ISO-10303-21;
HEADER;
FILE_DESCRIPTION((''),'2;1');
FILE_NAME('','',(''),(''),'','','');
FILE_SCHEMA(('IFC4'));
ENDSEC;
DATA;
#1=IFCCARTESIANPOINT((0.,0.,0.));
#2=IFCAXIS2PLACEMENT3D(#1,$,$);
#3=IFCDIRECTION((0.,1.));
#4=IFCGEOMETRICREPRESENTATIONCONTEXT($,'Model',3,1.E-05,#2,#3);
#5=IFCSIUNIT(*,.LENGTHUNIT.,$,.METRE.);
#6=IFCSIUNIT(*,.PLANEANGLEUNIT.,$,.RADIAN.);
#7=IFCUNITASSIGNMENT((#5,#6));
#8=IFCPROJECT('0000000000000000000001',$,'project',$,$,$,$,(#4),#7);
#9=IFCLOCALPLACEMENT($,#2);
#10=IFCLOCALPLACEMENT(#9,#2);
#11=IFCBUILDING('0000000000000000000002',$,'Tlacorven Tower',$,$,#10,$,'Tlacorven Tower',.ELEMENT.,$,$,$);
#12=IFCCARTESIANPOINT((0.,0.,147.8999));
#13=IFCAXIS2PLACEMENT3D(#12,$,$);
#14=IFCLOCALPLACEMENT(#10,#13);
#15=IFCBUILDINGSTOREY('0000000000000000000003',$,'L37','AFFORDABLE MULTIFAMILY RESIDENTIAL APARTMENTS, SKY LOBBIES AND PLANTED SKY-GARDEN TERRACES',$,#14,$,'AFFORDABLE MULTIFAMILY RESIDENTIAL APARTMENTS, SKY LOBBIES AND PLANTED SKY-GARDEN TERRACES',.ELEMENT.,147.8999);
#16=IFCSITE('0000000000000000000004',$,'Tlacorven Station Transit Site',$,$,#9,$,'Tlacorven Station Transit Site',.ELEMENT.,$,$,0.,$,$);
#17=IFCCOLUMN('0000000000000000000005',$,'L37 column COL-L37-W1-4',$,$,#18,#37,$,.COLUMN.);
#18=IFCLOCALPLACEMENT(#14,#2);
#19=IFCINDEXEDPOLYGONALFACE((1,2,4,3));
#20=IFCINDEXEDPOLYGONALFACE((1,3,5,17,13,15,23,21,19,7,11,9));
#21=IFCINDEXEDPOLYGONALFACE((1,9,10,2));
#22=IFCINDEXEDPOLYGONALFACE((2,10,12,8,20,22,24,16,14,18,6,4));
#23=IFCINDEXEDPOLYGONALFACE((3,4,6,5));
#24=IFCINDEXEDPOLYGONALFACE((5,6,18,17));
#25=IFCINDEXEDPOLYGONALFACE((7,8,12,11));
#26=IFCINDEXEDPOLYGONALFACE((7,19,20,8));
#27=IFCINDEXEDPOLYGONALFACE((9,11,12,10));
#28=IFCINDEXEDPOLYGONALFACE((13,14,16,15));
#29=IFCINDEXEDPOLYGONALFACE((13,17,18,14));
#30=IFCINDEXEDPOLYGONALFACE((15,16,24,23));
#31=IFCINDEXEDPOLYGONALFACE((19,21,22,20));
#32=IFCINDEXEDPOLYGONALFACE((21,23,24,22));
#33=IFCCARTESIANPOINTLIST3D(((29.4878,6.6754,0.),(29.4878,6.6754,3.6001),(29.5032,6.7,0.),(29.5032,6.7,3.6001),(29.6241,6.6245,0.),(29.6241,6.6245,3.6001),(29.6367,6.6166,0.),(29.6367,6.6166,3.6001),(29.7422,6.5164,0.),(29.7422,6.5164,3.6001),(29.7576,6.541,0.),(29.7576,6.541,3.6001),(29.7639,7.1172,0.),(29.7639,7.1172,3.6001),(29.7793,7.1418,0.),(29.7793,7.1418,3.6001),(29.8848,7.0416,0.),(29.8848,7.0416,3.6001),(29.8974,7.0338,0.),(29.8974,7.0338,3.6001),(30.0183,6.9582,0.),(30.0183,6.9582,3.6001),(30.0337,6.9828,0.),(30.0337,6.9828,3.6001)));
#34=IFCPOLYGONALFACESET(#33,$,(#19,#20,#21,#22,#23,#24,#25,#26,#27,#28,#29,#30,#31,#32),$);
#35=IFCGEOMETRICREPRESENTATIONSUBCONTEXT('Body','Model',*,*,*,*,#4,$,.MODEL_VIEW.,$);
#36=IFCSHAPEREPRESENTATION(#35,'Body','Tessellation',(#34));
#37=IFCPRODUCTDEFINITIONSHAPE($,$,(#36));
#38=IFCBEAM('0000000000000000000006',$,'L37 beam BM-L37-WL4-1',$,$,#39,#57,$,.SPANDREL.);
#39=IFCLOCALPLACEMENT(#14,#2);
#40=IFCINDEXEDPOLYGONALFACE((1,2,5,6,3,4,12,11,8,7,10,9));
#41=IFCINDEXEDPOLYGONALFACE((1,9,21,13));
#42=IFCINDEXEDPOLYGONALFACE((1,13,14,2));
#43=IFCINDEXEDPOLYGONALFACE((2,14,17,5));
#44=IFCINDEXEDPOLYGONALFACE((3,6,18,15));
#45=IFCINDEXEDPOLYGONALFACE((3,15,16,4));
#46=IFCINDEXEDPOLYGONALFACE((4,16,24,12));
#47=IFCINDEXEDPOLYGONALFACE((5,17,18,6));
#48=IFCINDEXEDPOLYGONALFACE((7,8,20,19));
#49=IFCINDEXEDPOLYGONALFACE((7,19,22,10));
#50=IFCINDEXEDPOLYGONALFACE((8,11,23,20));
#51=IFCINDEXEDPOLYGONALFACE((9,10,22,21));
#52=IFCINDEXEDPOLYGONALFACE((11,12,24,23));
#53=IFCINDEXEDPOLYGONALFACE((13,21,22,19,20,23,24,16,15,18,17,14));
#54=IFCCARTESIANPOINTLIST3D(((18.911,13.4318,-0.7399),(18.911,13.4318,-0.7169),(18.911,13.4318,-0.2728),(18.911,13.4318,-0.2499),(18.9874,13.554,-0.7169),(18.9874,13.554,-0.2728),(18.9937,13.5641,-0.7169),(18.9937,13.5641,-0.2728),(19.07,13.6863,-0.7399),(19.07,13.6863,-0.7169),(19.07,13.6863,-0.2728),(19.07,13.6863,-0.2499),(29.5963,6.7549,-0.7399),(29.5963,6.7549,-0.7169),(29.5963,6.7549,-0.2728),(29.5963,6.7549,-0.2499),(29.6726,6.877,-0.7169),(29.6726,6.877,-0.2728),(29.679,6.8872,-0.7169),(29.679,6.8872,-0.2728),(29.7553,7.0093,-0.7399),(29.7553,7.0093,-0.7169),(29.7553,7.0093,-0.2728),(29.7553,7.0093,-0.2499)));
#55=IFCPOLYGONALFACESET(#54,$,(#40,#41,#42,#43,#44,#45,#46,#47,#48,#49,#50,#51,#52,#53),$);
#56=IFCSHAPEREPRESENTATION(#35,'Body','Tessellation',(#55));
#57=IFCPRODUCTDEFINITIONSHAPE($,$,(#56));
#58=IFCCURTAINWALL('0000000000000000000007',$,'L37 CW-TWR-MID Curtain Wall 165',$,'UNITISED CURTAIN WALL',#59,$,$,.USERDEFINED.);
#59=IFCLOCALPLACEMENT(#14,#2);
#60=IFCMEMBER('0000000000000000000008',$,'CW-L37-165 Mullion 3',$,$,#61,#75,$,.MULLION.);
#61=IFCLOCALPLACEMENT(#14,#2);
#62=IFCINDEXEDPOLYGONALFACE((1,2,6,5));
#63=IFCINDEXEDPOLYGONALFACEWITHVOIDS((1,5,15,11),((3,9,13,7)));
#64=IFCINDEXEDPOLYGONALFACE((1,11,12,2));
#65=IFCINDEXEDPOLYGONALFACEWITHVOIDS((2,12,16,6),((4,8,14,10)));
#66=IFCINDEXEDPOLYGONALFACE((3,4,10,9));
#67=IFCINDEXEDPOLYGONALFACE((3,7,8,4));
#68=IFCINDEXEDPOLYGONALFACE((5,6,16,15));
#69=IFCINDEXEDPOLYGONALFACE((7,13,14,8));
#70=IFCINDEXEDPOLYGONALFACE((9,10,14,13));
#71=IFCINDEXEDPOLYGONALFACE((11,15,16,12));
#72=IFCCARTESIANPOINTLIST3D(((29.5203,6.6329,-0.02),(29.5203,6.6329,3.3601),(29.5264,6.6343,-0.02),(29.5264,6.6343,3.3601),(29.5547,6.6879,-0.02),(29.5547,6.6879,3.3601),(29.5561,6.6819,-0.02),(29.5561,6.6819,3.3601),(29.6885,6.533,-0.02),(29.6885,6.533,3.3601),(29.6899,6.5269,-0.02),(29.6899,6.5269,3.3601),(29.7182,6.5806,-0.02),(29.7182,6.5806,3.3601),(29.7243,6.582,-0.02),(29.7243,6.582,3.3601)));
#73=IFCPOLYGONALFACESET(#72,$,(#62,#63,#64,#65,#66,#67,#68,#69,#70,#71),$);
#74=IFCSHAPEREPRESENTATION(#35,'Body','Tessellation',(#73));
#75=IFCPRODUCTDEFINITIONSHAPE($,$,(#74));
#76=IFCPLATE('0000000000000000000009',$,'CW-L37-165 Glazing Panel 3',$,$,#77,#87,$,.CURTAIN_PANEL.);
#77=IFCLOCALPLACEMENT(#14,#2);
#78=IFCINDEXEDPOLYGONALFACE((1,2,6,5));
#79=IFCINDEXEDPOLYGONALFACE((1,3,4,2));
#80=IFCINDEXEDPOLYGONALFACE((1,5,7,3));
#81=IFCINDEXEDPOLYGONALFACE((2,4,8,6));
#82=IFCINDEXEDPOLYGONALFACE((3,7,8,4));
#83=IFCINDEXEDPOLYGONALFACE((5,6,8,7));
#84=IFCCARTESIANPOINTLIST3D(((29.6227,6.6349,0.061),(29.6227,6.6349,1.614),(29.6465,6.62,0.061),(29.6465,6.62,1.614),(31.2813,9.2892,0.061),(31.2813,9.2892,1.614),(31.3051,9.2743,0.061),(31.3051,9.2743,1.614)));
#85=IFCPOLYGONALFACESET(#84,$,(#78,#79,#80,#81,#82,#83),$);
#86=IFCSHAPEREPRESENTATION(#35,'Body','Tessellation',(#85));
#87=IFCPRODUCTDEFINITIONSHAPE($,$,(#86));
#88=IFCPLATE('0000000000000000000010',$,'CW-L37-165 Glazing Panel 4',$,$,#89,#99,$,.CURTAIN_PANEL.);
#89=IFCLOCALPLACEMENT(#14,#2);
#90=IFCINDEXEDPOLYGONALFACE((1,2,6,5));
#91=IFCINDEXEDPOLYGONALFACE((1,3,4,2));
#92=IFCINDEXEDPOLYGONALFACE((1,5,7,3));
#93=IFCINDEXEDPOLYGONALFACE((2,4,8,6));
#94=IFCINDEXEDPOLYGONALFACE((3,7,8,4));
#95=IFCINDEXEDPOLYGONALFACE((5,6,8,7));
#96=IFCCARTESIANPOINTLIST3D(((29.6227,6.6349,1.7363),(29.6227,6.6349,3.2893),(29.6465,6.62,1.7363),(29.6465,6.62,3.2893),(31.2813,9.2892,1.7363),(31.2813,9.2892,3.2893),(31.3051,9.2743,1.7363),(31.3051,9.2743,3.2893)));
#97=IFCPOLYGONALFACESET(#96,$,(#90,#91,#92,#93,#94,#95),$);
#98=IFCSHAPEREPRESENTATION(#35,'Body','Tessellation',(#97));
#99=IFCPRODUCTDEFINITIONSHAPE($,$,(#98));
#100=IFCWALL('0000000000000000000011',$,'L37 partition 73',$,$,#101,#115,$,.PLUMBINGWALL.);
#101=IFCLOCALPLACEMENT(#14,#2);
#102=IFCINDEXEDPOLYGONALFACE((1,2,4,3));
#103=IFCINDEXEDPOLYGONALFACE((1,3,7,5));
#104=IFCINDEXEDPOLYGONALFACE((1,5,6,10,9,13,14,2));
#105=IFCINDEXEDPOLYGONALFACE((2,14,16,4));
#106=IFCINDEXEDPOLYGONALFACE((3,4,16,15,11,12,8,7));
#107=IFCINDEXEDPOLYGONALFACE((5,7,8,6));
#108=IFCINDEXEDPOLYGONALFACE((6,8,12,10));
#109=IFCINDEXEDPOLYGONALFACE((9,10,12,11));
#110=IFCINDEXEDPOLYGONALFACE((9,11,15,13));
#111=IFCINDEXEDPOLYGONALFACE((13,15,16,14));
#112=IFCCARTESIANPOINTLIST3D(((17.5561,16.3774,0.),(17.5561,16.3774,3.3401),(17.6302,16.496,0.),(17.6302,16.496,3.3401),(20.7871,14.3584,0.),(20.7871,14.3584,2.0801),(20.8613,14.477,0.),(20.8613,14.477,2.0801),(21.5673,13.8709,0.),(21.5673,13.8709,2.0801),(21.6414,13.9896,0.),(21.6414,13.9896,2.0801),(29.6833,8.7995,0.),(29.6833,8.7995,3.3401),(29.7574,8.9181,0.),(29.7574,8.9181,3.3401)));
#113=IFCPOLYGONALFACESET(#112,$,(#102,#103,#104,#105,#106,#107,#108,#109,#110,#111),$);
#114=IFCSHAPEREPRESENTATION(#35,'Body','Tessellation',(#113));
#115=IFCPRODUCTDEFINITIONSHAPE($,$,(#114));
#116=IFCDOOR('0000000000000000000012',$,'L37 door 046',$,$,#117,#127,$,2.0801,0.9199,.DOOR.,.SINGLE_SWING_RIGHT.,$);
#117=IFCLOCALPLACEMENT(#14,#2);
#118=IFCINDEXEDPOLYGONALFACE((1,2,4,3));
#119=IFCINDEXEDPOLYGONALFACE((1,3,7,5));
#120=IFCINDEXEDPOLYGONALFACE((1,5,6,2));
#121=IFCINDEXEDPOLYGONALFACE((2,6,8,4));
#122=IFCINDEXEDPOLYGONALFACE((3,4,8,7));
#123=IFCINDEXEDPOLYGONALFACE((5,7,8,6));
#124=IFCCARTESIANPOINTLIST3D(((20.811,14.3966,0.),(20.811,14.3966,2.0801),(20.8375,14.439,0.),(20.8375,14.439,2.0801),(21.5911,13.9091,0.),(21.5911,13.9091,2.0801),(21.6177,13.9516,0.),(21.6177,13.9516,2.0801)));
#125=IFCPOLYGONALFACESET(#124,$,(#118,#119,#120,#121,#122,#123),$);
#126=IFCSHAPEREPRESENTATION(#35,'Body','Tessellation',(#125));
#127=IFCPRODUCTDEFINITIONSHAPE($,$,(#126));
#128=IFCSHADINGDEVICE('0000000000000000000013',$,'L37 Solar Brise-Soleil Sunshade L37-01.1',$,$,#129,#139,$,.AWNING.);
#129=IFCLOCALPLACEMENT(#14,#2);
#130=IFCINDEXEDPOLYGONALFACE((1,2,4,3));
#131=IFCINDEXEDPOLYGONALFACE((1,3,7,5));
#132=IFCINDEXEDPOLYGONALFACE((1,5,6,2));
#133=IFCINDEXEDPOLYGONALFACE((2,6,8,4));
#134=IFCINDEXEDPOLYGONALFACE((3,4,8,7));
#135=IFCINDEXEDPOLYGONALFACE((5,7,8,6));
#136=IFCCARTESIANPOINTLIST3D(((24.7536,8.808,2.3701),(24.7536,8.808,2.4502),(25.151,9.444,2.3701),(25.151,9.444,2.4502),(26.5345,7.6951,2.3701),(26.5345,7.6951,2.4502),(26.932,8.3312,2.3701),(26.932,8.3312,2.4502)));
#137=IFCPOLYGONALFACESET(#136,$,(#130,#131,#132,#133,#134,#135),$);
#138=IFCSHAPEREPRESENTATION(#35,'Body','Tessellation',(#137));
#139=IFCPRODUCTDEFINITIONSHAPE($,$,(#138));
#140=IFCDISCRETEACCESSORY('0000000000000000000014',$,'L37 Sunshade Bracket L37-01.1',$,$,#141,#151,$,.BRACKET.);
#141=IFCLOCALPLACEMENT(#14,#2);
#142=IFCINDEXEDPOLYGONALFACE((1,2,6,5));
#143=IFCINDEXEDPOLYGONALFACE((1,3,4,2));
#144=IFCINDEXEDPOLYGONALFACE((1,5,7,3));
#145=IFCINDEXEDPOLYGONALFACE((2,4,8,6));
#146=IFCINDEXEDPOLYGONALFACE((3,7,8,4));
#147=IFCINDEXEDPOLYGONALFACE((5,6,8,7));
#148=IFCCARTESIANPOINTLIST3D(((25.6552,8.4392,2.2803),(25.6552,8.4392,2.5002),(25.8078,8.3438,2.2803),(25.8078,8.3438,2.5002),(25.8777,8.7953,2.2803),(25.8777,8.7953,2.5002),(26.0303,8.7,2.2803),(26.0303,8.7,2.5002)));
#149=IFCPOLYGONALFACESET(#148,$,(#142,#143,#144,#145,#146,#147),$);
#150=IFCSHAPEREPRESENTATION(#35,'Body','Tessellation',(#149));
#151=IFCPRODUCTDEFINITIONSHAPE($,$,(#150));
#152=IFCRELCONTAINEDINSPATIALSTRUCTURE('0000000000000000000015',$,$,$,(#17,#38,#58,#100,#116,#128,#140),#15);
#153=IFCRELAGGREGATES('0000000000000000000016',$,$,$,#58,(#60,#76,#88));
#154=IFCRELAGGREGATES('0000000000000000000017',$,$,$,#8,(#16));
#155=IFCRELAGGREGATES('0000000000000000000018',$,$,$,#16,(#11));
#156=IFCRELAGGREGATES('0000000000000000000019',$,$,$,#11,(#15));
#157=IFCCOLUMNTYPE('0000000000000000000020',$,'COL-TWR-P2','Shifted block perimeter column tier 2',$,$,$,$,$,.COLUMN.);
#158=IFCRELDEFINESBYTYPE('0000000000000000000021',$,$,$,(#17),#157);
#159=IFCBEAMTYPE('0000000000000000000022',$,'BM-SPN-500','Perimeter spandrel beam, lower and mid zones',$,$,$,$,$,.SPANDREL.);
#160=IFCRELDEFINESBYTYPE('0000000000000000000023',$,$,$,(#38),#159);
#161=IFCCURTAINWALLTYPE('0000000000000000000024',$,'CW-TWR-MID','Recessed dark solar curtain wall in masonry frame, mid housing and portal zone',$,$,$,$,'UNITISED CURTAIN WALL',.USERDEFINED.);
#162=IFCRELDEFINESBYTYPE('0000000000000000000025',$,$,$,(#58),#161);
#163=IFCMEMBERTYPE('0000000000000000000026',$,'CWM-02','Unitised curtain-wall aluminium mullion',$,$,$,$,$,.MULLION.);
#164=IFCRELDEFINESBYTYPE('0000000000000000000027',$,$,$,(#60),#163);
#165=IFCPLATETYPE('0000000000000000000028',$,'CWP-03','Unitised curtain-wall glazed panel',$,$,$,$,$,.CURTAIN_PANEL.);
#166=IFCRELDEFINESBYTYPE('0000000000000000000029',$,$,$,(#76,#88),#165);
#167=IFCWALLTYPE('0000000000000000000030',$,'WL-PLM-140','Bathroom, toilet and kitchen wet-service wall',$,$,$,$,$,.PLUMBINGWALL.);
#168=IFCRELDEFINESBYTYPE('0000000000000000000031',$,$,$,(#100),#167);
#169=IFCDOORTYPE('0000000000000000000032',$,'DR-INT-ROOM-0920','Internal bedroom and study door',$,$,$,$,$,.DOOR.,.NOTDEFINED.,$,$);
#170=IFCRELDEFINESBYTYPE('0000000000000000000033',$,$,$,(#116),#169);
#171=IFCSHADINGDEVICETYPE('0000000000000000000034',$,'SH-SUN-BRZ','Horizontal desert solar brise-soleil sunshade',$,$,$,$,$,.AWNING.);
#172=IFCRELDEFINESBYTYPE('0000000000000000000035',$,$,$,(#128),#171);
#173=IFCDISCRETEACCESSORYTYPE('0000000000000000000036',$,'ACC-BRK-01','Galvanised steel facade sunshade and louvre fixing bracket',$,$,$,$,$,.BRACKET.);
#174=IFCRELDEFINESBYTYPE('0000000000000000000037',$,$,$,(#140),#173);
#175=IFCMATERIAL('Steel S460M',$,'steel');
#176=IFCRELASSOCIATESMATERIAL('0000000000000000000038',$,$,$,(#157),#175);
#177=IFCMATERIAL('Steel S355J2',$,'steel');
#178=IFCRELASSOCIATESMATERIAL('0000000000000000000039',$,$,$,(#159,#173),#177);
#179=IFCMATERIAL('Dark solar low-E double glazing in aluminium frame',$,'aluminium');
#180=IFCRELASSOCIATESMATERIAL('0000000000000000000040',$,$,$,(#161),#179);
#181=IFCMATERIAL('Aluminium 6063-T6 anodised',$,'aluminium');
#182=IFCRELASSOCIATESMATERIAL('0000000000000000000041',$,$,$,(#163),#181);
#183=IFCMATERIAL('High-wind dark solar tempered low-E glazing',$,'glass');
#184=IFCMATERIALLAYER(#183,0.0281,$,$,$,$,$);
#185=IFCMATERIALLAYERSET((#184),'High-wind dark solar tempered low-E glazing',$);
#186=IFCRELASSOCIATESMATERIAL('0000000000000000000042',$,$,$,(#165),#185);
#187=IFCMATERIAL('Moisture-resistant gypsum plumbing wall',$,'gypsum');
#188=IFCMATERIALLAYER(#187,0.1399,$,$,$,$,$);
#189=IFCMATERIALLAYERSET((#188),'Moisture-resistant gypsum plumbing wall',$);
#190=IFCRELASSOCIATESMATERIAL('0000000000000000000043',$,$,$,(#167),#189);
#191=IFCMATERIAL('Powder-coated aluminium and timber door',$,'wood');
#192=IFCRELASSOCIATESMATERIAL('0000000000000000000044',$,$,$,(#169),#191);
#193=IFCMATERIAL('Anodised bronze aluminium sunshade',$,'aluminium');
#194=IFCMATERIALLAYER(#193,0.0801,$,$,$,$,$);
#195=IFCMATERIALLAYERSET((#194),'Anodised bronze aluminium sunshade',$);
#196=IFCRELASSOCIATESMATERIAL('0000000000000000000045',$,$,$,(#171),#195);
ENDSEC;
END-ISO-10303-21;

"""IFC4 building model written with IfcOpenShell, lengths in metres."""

from ifc_helpers import new_model, si_unit, direction, frame, frame_2d, origin, origin_2d, place, context, subcontext, project, spatial, rectangle, hollow_rectangle, i_section, extrude, source, transform, mapped, material, layer, layer_set, material_profile, profile_set, type_object, element, fill, aggregate, save


model = new_model("IFC4")

# Units and contexts
model_context = context("Model", 3, precision=1e-05, world=origin(), true_north=direction((0.0, 1.0)))
body_context = subcontext(model_context, "Body", "Model", "MODEL_VIEW")
ifc_project = project(units=[si_unit("LENGTHUNIT", "METRE"), si_unit("PLANEANGLEUNIT", "RADIAN")], contexts=[model_context])

# Site, building, storey
site_placement = place(None, origin())
site = spatial("IfcSite", under=ifc_project, at=site_placement, Name="Tlacorven Station Transit Site", LongName="Tlacorven Station Transit Site", CompositionType="ELEMENT", RefElevation=0.0)
building_placement = place(site_placement, origin())
building = spatial("IfcBuilding", under=site, at=building_placement, Name="Tlacorven Tower", LongName="Tlacorven Tower", CompositionType="ELEMENT")
storey_placement = place(building_placement, frame((0.0, 0.0, 147.8999)))
storey = spatial("IfcBuildingStorey", under=building, at=storey_placement, Name="L37", Description="AFFORDABLE MULTIFAMILY RESIDENTIAL APARTMENTS, SKY LOBBIES AND PLANTED SKY-GARDEN TERRACES", LongName="AFFORDABLE MULTIFAMILY RESIDENTIAL APARTMENTS, SKY LOBBIES AND PLANTED SKY-GARDEN TERRACES", CompositionType="ELEMENT", Elevation=147.8999)

# Column
ifc_material_1 = material(Name="Steel S460M", Category="steel")
ifc_material_profile_1 = material_profile(ifc_material_1, i_section(OverallWidth=0.3, OverallDepth=0.55, WebThickness=0.0149, FlangeThickness=0.0291, at=origin_2d()), Name="HEB 550")
ifc_profile_set_1 = profile_set([ifc_material_profile_1], Name="Steel S460M")
column_type = type_object("IfcColumnType", Name="COL-TWR-P2", Description="Shifted block perimeter column tier 2", PredefinedType="COLUMN", material=ifc_profile_set_1)
shared_shape_1 = source(origin(), body_context, "Body", "SweptSolid", [
    extrude(i_section(OverallWidth=0.3, OverallDepth=0.55, WebThickness=0.0149, FlangeThickness=0.0291, at=origin_2d()), origin(), (0.0, 0.0, 1.0), 3.6001),
])
column_placement = place(storey_placement, frame((29.7607, 6.8291, 0.0), z_axis=(0.0, 0.0, 1.0), x_axis=(-0.848048, 0.529919, 0.0)))
element("IfcColumn", 1, at=column_placement, inside=storey, type_object=column_type, Name="L37 column COL-L37-W1-4", PredefinedType="COLUMN", context=body_context, shape_type="MappedRepresentation", body=[
    mapped(shared_shape_1, transform((0.0, 0.0, 0.0), scale=1.0)),
])

# Beam
ifc_material_2 = material(Name="Steel S355J2", Category="steel")
ifc_material_profile_2 = material_profile(ifc_material_2, i_section(OverallWidth=0.3, OverallDepth=0.49, WebThickness=0.012, FlangeThickness=0.0229, at=origin_2d()), Name="HEA 500")
ifc_profile_set_2 = profile_set([ifc_material_profile_2], Name="Steel S355J2")
beam_type = type_object("IfcBeamType", Name="BM-SPN-500", Description="Perimeter spandrel beam, lower and mid zones", PredefinedType="SPANDREL", material=ifc_profile_set_2)
shared_shape_2 = source(origin(), body_context, "Body", "SweptSolid", [
    extrude(i_section(OverallWidth=0.3, OverallDepth=0.49, WebThickness=0.012, FlangeThickness=0.0229, at=origin_2d()), origin(), (0.0, 0.0, 1.0), 12.5999),
])
beam_placement = place(storey_placement, frame((29.6758, 6.8821, -0.4949), z_axis=(-0.848045, 0.529924, 0.0), x_axis=(-0.529924, -0.848045, 0.0)))
element("IfcBeam", 2, at=beam_placement, inside=storey, type_object=beam_type, Name="L37 beam BM-L37-WL4-1", PredefinedType="SPANDREL", context=body_context, shape_type="MappedRepresentation", body=[
    mapped(shared_shape_2, transform((0.0, 0.0, 0.0), scale=1.0)),
])

# Curtain wall, member, plates
ifc_material_3 = material(Name="Dark solar low-E double glazing in aluminium frame", Category="aluminium")
curtain_wall_type = type_object("IfcCurtainWallType", Name="CW-TWR-MID", Description="Recessed dark solar curtain wall in masonry frame, mid housing and portal zone", ElementType="UNITISED CURTAIN WALL", PredefinedType="USERDEFINED", material=ifc_material_3)
curtain_wall_placement = place(storey_placement, origin())
curtain_wall = element("IfcCurtainWall", 3, at=curtain_wall_placement, inside=storey, type_object=curtain_wall_type, Name="L37 CW-TWR-MID Curtain Wall 165", ObjectType="UNITISED CURTAIN WALL", PredefinedType="USERDEFINED")
ifc_material_4 = material(Name="Aluminium 6063-T6 anodised", Category="aluminium")
ifc_material_profile_3 = material_profile(ifc_material_4, hollow_rectangle(XDim=0.0649, YDim=0.2, WallThickness=0.0044, at=origin_2d()), Name="ALU MULLION 65X200")
ifc_profile_set_3 = profile_set([ifc_material_profile_3], Name="Aluminium 6063-T6 anodised")
member_type = type_object("IfcMemberType", Name="CWM-02", Description="Unitised curtain-wall aluminium mullion", PredefinedType="MULLION", material=ifc_profile_set_3)
shared_shape_3 = source(origin(), body_context, "Body", "SweptSolid", [
    extrude(hollow_rectangle(XDim=0.0649, YDim=0.2, WallThickness=0.0044, at=origin_2d()), origin(), (0.0, 0.0, 1.0), 3.3801),
])
member_placement = place(storey_placement, frame((29.6223, 6.6074, -0.02), z_axis=(0.0, 0.0, 1.0), x_axis=(-0.529919, -0.848048, 0.0)))
member = element("IfcMember", 4, at=member_placement, type_object=member_type, Name="CW-L37-165 Mullion 3", PredefinedType="MULLION", context=body_context, shape_type="MappedRepresentation", body=[
    mapped(shared_shape_3, transform((0.0, 0.0, 0.0), scale=1.0)),
])
ifc_material_5 = material(Name="High-wind dark solar tempered low-E glazing", Category="glass")
ifc_layer_1 = layer(ifc_material_5, 0.0281)
ifc_layer_set_1 = layer_set([ifc_layer_1], Name="High-wind dark solar tempered low-E glazing")
plate_type = type_object("IfcPlateType", Name="CWP-03", Description="Unitised curtain-wall glazed panel", PredefinedType="CURTAIN_PANEL", material=ifc_layer_set_1)
shared_shape_4 = source(origin(), body_context, "Body", "SweptSolid", [
    extrude(rectangle(XDim=3.1299, YDim=0.0281, at=origin_2d()), origin(), (0.0, 0.0, 1.0), 1.553),
])
plate_1_placement = place(storey_placement, frame((30.4639, 7.9546, 0.061), z_axis=(0.0, 0.0, 1.0), x_axis=(-0.529919, -0.848048, 0.0)))
plate_1 = element("IfcPlate", 5, at=plate_1_placement, type_object=plate_type, Name="CW-L37-165 Glazing Panel 3", PredefinedType="CURTAIN_PANEL", context=body_context, shape_type="MappedRepresentation", body=[
    mapped(shared_shape_4, transform((0.0, 0.0, 0.0), scale=1.0)),
])
plate_2_placement = place(storey_placement, frame((30.4639, 7.9546, 1.7363), z_axis=(0.0, 0.0, 1.0), x_axis=(-0.529919, -0.848048, 0.0)))
plate_2 = element("IfcPlate", 6, at=plate_2_placement, type_object=plate_type, Name="CW-L37-165 Glazing Panel 4", PredefinedType="CURTAIN_PANEL", context=body_context, shape_type="MappedRepresentation", body=[
    mapped(shared_shape_4, transform((0.0, 0.0, 0.0), scale=1.0)),
])
aggregate(curtain_wall, [member, plate_1, plate_2])

# Shared definitions
ifc_material_6 = material(Name="Powder-coated aluminium and timber door", Category="wood")

# Wall, opening, door
ifc_material_7 = material(Name="Moisture-resistant gypsum plumbing wall", Category="gypsum")
ifc_layer_2 = layer(ifc_material_7, 0.1399)
ifc_layer_set_2 = layer_set([ifc_layer_2], Name="Moisture-resistant gypsum plumbing wall")
wall_type_1 = type_object("IfcWallType", Name="WL-PLM-140", Description="Bathroom, toilet and kitchen wet-service wall", PredefinedType="PLUMBINGWALL", material=ifc_layer_set_2)
wall_1_placement = place(storey_placement, frame((29.7202, 8.8589, 0.0), z_axis=(0.0, 0.0, 1.0), x_axis=(-0.848049, 0.529918, 0.0)))
wall_1 = element("IfcWall", 7, at=wall_1_placement, inside=storey, type_object=wall_type_1, Name="L37 partition 73", PredefinedType="PLUMBINGWALL", context=body_context, shape_type="SweptSolid", body=[
    extrude(rectangle(XDim=14.3, YDim=0.1399, at=frame_2d((7.1499, 0.0))), origin(), (0.0, 0.0, 1.0), 3.3401),
])
opening_1_placement = place(wall_1_placement, frame((9.5701, 0.0, 0.0)))
opening_1 = element("IfcOpeningElement", 8, at=opening_1_placement, cuts=wall_1, PredefinedType="OPENING", context=body_context, shape_type="SweptSolid", body=[
    extrude(rectangle(XDim=0.9199, YDim=2.0801, at=frame_2d((0.46, 1.04))), frame((0.0, 0.0801, 0.0), z_axis=(0.0, -1.0, 0.0), x_axis=(1.0, 0.0, 0.0)), (0.0, 0.0, 1.0), 0.1599),
])
door_type_1 = type_object("IfcDoorType", Name="DR-INT-ROOM-0920", Description="Internal bedroom and study door", OperationType="NOTDEFINED", PredefinedType="DOOR", material=ifc_material_6)
shared_shape_5 = source(origin(), body_context, "Body", "SweptSolid", [
    extrude(rectangle(XDim=0.9199, YDim=2.0801, at=frame_2d((0.46, 1.04))), frame((0.0, 0.0249, 0.0), z_axis=(0.0, -1.0, 0.0), x_axis=(1.0, 0.0, 0.0)), (0.0, 0.0, 1.0), 0.05),
])
door_1_placement = place(opening_1_placement, origin())
door_1 = element("IfcDoor", 9, at=door_1_placement, inside=storey, type_object=door_type_1, Name="L37 door 046", OperationType="SINGLE_SWING_RIGHT", OverallHeight=2.0801, OverallWidth=0.9199, PredefinedType="DOOR", context=body_context, shape_type="MappedRepresentation", body=[
    mapped(shared_shape_5, transform((0.0, 0.0, 0.0), scale=1.0)),
])
fill(opening_1, door_1)

# Shading device
ifc_material_8 = material(Name="Anodised bronze aluminium sunshade", Category="aluminium")
ifc_layer_3 = layer(ifc_material_8, 0.0801)
ifc_layer_set_3 = layer_set([ifc_layer_3], Name="Anodised bronze aluminium sunshade")
shading_device_type = type_object("IfcShadingDeviceType", Name="SH-SUN-BRZ", Description="Horizontal desert solar brise-soleil sunshade", PredefinedType="AWNING", material=ifc_layer_set_3)
shared_shape_6 = source(origin(), body_context, "Body", "SweptSolid", [
    extrude(rectangle(XDim=2.1001, YDim=0.75, at=origin_2d()), origin(), (0.0, 0.0, 1.0), 0.0801),
])
shading_device_placement = place(storey_placement, frame((25.8428, 8.5696, 2.3701), z_axis=(0.0, 0.0, 1.0), x_axis=(-0.848048, 0.529919, 0.0)))
element("IfcShadingDevice", 10, at=shading_device_placement, inside=storey, type_object=shading_device_type, Name="L37 Solar Brise-Soleil Sunshade L37-01.1", PredefinedType="AWNING", context=body_context, shape_type="MappedRepresentation", body=[
    mapped(shared_shape_6, transform((0.0, 0.0, 0.0), scale=1.0)),
])

# Discrete accessory
discrete_accessory_type = type_object("IfcDiscreteAccessoryType", Name="ACC-BRK-01", Description="Galvanised steel facade sunshade and louvre fixing bracket", PredefinedType="BRACKET", material=ifc_material_2)
shared_shape_7 = source(origin(), body_context, "Body", "SweptSolid", [
    extrude(rectangle(XDim=0.1799, YDim=0.4199, at=origin_2d()), origin(), (0.0, 0.0, 1.0), 0.22),
])
discrete_accessory_placement = place(storey_placement, frame((25.8428, 8.5696, 2.2803), z_axis=(0.0, 0.0, 1.0), x_axis=(-0.848048, 0.529919, 0.0)))
element("IfcDiscreteAccessory", 11, at=discrete_accessory_placement, inside=storey, type_object=discrete_accessory_type, Name="L37 Sunshade Bracket L37-01.1", PredefinedType="BRACKET", context=body_context, shape_type="MappedRepresentation", body=[
    mapped(shared_shape_7, transform((0.0, 0.0, 0.0), scale=1.0)),
])

save(model, "model.ifc")
